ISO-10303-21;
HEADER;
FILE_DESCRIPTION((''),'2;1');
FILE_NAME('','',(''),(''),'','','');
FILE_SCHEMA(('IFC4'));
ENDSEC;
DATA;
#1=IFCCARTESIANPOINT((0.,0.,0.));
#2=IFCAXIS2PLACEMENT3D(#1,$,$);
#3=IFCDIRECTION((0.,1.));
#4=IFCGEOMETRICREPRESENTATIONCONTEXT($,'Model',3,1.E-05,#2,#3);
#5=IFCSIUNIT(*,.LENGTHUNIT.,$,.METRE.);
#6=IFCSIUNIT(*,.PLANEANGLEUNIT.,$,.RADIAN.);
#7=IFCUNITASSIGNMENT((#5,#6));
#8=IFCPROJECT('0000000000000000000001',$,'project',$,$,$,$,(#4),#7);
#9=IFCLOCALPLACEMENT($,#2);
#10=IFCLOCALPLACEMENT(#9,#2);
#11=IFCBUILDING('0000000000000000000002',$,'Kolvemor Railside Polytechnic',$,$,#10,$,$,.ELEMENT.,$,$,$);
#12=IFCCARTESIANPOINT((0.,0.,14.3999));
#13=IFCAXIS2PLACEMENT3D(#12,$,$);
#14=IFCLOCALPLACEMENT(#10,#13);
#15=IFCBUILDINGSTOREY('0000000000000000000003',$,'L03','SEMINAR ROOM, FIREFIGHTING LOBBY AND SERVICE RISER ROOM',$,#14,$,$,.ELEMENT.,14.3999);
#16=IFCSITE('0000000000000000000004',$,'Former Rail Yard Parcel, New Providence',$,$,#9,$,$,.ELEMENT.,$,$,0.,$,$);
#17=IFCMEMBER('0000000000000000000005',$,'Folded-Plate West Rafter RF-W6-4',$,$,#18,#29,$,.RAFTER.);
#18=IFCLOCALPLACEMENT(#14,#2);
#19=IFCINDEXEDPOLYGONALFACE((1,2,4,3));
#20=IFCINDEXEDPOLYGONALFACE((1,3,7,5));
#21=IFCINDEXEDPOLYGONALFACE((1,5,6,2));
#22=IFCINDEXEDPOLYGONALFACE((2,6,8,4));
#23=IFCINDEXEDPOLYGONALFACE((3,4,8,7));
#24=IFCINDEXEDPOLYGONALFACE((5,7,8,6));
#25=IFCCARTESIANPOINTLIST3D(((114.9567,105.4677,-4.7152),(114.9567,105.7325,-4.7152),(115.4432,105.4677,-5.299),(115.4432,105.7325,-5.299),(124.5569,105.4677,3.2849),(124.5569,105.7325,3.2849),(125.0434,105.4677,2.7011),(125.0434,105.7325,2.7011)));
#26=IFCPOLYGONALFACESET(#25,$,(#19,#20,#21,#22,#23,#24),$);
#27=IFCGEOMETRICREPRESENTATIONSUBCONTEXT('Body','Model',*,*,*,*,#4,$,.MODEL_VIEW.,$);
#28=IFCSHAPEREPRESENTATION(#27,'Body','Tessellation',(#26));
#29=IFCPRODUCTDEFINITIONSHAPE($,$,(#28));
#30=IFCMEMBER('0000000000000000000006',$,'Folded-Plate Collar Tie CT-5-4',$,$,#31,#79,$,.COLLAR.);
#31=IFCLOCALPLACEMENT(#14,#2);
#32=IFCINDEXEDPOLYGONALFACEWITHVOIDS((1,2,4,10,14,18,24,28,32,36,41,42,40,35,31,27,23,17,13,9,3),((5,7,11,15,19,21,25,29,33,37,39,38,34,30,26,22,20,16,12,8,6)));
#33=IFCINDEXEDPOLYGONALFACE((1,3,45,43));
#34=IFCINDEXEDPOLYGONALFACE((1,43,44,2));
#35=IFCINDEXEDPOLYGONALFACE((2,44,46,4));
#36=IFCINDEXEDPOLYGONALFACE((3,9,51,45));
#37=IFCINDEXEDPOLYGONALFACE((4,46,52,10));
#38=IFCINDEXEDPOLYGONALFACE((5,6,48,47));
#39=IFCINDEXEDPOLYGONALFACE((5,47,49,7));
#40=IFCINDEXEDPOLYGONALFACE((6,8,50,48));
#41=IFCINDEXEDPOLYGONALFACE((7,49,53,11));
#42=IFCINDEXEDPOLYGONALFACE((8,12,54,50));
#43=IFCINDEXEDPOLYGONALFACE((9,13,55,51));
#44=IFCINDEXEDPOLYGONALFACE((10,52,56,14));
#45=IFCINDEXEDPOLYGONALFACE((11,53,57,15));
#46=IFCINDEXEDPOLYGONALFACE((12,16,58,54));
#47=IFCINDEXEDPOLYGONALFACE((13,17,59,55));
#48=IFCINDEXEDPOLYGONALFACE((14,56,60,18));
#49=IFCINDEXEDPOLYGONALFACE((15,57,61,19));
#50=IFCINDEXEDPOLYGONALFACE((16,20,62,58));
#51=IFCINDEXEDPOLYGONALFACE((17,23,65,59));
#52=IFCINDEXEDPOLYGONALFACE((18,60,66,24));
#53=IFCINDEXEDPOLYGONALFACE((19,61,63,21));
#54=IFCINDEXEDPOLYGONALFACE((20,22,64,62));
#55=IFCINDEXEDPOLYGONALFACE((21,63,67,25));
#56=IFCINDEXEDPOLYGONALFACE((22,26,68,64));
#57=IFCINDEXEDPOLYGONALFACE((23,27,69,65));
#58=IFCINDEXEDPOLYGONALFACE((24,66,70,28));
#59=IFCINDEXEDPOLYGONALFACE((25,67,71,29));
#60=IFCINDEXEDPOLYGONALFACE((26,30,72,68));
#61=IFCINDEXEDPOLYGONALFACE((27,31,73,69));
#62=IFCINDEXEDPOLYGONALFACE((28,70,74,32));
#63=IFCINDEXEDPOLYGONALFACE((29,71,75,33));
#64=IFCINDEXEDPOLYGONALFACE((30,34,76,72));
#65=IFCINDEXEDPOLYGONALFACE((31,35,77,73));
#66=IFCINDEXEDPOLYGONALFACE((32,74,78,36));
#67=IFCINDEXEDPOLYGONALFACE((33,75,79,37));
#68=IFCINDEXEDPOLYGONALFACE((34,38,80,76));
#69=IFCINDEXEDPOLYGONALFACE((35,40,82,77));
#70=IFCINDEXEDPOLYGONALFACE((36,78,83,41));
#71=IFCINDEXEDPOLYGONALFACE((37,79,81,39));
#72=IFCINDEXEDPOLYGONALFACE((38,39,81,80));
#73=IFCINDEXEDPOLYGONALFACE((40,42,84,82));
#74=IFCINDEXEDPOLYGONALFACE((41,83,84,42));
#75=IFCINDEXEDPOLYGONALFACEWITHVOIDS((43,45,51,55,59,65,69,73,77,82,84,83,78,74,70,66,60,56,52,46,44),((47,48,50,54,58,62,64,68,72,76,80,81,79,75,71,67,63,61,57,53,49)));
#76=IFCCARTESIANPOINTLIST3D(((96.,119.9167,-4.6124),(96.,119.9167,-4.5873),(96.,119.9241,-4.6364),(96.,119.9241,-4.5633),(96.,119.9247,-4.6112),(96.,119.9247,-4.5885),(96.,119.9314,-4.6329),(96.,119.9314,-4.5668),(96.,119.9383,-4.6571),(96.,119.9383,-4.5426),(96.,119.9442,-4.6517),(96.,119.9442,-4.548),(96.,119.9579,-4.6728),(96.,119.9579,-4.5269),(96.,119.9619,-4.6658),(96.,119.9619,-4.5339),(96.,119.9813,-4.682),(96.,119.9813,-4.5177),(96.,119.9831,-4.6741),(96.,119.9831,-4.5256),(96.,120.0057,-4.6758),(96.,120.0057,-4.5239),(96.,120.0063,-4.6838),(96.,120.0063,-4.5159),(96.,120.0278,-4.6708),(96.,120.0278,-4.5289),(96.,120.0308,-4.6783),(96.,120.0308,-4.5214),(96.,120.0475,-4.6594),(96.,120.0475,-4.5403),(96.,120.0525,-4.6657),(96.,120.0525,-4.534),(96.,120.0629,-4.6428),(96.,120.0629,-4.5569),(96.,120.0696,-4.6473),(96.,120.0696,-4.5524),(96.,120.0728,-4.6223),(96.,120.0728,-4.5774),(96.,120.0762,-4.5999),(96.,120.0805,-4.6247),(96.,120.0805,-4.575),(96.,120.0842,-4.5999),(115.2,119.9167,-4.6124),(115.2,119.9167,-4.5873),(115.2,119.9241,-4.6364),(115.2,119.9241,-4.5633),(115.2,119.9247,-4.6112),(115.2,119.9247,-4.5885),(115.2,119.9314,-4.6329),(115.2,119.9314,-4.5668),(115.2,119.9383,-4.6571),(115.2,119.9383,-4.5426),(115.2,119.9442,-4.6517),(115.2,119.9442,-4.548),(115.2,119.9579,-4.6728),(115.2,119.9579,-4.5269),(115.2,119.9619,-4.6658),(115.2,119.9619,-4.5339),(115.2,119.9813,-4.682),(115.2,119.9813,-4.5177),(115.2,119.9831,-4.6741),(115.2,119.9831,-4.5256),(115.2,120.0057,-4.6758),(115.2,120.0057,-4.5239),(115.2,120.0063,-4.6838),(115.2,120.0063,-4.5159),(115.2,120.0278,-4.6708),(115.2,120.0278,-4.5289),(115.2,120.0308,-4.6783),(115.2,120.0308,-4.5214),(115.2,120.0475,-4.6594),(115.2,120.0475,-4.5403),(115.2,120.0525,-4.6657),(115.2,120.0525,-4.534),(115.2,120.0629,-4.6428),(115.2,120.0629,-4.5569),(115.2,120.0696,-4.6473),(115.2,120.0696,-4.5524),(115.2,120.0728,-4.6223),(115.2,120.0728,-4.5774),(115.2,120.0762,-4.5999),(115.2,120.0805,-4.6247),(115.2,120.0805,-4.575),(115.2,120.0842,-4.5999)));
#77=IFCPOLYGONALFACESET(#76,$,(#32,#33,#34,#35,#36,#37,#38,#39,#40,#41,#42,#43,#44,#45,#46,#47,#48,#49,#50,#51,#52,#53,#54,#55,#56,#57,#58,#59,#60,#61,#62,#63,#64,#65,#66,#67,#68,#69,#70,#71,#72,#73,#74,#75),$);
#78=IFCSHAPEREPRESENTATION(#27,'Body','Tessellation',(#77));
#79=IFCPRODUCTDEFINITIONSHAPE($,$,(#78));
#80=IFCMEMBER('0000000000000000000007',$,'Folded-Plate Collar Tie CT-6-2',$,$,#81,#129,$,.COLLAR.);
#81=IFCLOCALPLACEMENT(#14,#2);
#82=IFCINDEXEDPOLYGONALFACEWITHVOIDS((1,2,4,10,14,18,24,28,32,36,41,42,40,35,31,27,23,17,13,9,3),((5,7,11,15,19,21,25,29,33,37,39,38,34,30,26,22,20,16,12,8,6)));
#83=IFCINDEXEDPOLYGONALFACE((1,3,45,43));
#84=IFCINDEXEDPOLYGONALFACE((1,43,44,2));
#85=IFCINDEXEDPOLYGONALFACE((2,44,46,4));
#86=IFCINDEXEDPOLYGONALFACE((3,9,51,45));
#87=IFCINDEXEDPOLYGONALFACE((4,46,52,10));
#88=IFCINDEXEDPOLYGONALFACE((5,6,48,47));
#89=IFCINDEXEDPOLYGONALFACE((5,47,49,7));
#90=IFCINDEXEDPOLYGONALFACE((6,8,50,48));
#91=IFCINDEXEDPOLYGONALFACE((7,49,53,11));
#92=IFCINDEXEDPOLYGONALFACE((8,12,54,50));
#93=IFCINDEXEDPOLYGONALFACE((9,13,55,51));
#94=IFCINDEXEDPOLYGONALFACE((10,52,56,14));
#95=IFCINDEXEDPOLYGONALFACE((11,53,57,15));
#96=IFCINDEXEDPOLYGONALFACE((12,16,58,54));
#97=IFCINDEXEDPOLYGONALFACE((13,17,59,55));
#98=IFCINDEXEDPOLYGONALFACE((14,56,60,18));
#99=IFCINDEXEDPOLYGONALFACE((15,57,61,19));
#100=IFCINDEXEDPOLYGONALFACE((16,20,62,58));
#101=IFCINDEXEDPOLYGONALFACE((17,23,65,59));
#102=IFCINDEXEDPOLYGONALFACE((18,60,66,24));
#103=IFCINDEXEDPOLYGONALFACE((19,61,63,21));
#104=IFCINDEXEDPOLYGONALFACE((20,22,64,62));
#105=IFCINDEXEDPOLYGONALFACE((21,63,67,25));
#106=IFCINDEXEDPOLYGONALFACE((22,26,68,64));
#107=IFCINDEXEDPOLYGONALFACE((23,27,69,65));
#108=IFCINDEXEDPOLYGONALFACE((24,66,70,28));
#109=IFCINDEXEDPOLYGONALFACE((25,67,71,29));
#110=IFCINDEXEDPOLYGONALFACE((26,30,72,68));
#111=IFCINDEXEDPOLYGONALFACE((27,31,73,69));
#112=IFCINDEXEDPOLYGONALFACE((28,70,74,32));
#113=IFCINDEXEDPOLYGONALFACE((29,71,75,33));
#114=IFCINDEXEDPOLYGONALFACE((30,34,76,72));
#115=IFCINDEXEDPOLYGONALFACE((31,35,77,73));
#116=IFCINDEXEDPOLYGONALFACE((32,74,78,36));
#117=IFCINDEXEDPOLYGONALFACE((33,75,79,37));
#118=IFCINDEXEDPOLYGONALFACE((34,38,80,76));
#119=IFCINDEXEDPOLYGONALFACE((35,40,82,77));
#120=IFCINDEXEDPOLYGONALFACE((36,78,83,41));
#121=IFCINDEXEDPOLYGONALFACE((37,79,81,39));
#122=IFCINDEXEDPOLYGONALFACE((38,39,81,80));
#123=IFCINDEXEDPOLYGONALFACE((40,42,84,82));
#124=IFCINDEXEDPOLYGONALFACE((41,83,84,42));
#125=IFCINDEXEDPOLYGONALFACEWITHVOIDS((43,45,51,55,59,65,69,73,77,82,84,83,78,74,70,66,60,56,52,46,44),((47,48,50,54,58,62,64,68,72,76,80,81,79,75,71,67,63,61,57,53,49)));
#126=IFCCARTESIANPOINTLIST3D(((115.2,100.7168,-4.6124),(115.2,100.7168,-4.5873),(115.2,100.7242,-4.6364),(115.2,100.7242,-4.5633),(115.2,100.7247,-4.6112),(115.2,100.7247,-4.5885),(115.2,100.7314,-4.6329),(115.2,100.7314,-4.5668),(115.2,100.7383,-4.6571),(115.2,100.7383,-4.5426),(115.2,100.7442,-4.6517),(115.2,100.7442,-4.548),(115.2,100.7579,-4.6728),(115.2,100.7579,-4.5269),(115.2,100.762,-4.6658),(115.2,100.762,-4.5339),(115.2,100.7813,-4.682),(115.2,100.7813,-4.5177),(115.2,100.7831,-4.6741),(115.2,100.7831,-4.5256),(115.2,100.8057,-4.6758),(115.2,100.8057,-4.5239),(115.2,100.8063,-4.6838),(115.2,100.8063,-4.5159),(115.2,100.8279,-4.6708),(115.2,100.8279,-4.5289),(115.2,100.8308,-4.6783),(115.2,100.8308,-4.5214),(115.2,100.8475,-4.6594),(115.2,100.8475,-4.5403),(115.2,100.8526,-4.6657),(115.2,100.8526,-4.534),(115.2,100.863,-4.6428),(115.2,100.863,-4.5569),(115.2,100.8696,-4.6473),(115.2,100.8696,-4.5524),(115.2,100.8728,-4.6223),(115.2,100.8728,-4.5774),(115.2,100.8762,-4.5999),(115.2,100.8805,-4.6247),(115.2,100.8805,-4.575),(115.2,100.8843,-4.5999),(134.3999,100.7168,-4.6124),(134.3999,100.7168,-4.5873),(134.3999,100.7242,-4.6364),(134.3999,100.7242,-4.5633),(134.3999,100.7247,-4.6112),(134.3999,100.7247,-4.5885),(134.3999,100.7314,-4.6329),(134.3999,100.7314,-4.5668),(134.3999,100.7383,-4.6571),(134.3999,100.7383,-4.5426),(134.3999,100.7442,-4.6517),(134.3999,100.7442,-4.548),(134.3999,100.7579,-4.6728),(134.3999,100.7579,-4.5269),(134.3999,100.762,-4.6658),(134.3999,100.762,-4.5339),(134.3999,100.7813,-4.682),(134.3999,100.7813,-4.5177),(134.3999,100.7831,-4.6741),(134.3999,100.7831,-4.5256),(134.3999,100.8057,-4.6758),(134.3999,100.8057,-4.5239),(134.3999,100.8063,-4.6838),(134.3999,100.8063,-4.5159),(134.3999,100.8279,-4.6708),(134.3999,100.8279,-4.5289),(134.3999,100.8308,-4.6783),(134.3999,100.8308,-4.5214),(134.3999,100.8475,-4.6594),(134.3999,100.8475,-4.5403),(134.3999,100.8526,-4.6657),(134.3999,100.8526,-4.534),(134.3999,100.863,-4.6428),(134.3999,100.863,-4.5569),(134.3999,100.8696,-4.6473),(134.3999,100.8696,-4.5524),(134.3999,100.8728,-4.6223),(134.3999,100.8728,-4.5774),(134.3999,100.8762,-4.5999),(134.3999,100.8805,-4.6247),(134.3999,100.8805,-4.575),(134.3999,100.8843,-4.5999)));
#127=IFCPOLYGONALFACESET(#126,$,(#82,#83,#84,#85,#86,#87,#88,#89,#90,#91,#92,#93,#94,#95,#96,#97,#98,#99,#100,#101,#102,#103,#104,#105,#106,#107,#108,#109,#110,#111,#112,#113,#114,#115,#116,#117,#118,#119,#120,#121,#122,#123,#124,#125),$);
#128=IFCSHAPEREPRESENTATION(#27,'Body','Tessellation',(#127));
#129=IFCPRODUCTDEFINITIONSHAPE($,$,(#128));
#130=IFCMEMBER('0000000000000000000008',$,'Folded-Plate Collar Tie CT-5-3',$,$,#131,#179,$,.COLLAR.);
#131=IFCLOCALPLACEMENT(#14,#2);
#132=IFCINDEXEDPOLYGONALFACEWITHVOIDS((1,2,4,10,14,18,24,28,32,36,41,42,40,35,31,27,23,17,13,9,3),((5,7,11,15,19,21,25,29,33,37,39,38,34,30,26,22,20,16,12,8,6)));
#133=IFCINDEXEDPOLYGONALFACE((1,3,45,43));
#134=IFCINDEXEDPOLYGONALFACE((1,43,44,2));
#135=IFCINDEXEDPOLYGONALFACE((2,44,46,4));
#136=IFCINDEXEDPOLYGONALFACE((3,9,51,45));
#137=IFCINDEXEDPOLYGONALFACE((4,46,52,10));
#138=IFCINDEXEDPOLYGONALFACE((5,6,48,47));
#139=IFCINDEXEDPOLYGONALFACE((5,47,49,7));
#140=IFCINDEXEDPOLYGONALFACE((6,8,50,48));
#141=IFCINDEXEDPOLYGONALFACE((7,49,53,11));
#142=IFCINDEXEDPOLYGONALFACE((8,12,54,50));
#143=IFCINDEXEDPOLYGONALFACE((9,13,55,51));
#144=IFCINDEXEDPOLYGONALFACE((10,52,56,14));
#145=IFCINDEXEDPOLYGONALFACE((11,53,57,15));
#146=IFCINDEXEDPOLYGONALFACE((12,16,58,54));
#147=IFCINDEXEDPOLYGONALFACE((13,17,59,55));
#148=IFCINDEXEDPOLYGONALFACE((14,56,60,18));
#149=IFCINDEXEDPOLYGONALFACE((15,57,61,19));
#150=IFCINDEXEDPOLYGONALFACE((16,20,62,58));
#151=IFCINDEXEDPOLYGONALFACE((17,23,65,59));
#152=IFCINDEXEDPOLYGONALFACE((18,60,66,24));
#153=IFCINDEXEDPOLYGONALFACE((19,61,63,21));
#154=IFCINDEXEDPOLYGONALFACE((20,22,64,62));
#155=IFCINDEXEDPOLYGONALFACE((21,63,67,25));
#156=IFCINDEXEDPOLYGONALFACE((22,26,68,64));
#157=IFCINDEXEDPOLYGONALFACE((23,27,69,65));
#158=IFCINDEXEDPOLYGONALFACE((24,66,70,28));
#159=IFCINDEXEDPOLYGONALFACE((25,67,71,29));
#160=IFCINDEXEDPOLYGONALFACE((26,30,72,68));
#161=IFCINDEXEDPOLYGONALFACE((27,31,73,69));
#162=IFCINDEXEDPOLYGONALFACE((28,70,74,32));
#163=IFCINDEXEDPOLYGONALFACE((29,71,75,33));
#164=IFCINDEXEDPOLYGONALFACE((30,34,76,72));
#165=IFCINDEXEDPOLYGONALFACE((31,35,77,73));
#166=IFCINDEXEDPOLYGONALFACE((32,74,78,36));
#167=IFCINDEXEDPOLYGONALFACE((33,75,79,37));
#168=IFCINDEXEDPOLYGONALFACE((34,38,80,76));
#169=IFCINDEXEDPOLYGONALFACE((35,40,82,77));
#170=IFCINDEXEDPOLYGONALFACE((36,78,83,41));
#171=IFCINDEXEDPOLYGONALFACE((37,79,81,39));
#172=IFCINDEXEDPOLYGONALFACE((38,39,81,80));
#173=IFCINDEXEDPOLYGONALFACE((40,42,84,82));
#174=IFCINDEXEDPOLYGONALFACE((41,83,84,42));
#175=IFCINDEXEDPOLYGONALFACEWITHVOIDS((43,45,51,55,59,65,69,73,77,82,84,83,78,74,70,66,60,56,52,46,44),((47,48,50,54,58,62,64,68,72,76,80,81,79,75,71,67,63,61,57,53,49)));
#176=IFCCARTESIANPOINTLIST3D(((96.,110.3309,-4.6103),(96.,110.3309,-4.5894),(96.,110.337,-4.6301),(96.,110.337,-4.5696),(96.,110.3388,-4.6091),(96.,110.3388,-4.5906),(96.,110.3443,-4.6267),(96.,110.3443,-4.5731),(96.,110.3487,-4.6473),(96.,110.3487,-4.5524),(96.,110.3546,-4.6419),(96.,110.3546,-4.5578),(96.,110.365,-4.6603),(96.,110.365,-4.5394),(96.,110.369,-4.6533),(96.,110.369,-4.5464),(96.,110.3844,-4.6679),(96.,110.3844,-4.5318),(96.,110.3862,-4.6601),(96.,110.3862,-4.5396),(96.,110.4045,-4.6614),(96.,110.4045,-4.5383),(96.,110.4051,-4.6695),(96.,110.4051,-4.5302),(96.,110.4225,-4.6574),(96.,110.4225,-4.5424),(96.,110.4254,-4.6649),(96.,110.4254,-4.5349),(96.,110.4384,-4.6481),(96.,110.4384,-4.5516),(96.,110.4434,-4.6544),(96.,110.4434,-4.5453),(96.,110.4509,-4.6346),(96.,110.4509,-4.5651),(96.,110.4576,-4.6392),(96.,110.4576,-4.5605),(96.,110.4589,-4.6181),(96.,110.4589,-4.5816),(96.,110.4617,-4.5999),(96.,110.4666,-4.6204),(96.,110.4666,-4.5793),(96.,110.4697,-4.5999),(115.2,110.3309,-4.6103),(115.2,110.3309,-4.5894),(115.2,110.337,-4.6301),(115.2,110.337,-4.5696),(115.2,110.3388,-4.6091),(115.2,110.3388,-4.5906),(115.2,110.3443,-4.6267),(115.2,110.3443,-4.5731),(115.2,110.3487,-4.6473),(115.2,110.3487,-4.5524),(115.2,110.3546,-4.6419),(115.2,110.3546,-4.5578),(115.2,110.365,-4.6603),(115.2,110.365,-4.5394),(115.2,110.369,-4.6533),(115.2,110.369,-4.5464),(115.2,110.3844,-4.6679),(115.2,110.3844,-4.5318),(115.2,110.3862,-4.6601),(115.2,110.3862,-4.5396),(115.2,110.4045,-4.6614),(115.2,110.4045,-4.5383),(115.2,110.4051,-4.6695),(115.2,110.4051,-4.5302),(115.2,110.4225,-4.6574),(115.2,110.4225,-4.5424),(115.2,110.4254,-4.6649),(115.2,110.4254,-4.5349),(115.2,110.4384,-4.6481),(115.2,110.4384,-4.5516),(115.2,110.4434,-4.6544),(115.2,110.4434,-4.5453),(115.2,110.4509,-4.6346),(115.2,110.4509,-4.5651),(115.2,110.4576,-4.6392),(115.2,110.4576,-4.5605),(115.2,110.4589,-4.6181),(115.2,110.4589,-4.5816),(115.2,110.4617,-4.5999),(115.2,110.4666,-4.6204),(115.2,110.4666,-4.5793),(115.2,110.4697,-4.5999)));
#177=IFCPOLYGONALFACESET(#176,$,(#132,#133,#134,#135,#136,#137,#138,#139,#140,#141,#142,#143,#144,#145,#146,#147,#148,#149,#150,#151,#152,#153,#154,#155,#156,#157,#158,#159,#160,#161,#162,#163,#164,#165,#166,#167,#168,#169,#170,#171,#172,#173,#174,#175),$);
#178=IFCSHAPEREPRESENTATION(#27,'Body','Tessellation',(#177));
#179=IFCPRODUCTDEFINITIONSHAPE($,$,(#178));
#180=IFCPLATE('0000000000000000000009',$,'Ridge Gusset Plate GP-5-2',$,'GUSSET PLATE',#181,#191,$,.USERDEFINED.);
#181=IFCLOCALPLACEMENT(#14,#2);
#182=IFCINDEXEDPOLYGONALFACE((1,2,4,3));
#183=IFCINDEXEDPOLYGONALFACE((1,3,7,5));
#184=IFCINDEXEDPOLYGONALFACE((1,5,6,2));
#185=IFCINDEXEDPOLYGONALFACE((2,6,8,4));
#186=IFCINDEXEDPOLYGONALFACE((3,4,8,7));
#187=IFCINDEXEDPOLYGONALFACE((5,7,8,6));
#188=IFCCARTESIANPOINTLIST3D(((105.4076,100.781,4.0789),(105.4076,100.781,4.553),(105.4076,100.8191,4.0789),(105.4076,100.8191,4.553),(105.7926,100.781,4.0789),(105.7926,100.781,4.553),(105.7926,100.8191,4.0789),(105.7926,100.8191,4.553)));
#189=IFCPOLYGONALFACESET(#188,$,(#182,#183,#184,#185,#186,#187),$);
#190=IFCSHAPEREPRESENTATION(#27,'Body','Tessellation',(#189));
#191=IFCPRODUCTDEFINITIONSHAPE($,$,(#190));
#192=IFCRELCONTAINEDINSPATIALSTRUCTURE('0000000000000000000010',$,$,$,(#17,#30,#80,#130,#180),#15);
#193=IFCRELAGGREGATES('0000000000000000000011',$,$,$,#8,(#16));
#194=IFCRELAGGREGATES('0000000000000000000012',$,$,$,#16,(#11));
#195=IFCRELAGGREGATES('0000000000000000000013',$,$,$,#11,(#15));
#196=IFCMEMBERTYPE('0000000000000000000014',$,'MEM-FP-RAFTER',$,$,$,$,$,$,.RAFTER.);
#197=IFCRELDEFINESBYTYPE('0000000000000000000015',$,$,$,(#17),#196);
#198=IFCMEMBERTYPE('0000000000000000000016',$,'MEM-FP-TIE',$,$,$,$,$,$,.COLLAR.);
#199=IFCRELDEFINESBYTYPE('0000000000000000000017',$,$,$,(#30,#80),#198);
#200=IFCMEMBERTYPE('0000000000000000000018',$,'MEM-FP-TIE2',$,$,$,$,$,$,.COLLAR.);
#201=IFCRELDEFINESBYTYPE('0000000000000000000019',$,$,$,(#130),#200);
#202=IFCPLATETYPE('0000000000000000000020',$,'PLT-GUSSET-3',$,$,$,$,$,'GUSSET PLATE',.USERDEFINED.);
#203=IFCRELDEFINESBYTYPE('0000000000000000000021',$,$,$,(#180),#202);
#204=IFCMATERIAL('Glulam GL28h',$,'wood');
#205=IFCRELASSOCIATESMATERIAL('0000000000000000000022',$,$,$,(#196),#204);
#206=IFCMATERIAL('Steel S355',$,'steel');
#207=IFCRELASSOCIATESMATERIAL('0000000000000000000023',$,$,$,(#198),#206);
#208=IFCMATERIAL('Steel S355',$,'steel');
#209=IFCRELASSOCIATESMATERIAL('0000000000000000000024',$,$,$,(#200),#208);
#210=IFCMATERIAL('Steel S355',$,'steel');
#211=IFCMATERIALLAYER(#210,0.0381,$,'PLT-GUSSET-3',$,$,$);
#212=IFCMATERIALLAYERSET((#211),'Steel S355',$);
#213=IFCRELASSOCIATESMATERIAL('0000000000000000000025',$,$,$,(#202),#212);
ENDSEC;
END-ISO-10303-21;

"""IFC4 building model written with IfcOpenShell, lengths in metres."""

from ifc_helpers import new_model, si_unit, direction, frame, origin, origin_2d, place, context, subcontext, project, spatial, rectangle, hollow_circle, extrude, material, layer, layer_set, material_profile, profile_set, type_object, element, save


model = new_model("IFC4")

# Units and contexts
model_context = context("Model", 3, precision=1e-05, world=origin(), true_north=direction((0.0, 1.0)))
body_context = subcontext(model_context, "Body", "Model", "MODEL_VIEW")
ifc_project = project(units=[si_unit("LENGTHUNIT", "METRE"), si_unit("PLANEANGLEUNIT", "RADIAN")], contexts=[model_context])

# Site, building, storey
site_placement = place(None, origin())
site = spatial("IfcSite", under=ifc_project, at=site_placement, Name="Former Rail Yard Parcel, New Providence", CompositionType="ELEMENT", RefElevation=0.0)
building_placement = place(site_placement, origin())
building = spatial("IfcBuilding", under=site, at=building_placement, Name="Kolvemor Railside Polytechnic", CompositionType="ELEMENT")
storey_placement = place(building_placement, frame((0.0, 0.0, 14.3999)))
storey = spatial("IfcBuildingStorey", under=building, at=storey_placement, Name="L03", Description="SEMINAR ROOM, FIREFIGHTING LOBBY AND SERVICE RISER ROOM", CompositionType="ELEMENT", Elevation=14.3999)

# Members
ifc_material_1 = material(Name="Glulam GL28h", Category="wood")
ifc_material_profile_1 = material_profile(ifc_material_1, rectangle(XDim=0.2649, YDim=0.76, at=origin_2d()), Name="GL265x760")
ifc_profile_set_1 = profile_set([ifc_material_profile_1], Name="Glulam GL28h")
member_type_1 = type_object("IfcMemberType", Name="MEM-FP-RAFTER", PredefinedType="RAFTER", material=ifc_profile_set_1)
for number, where, z_axis, x_axis, name in (
    (1, (115.2, 105.6001, -5.0071), (0.768224, 0.0, 0.640181), (0.0, 1.0, 0.0), "Folded-Plate West Rafter RF-W6-4"),
):
    element("IfcMember", number, at=place(storey_placement, frame(where, z_axis=z_axis, x_axis=x_axis)), inside=storey, type_object=member_type_1, Name=name, PredefinedType="RAFTER", context=body_context, shape_type="SweptSolid", body=[
        extrude(rectangle(XDim=0.2649, YDim=0.76, at=origin_2d()), origin(), (0.0, 0.0, 1.0), 12.4966),
    ])
ifc_material_2 = material(Name="Steel S355", Category="steel")
ifc_material_profile_2 = material_profile(ifc_material_2, hollow_circle(Radius=0.0842, WallThickness=0.0081, at=origin_2d()), Name="CHS168.3x8")
ifc_profile_set_2 = profile_set([ifc_material_profile_2], Name="Steel S355")
member_type_2 = type_object("IfcMemberType", Name="MEM-FP-TIE", PredefinedType="COLLAR", material=ifc_profile_set_2)
for number, where, z_axis, x_axis, name in (
    (2, (96.0, 120.0, -4.5999), (1.0, 0.0, 0.0), (0.0, 1.0, 0.0), "Folded-Plate Collar Tie CT-5-4"),
    (3, (115.2, 100.8, -4.5999), (1.0, 0.0, 0.0), (0.0, 1.0, 0.0), "Folded-Plate Collar Tie CT-6-2"),
):
    element("IfcMember", number, at=place(storey_placement, frame(where, z_axis=z_axis, x_axis=x_axis)), inside=storey, type_object=member_type_2, Name=name, PredefinedType="COLLAR", context=body_context, shape_type="SweptSolid", body=[
        extrude(hollow_circle(Radius=0.0842, WallThickness=0.0081, at=origin_2d()), origin(), (0.0, 0.0, 1.0), 19.2),
    ])
ifc_material_3 = material(Name="Steel S355", Category="steel")
ifc_material_profile_3 = material_profile(ifc_material_3, hollow_circle(Radius=0.0698, WallThickness=0.0081, at=origin_2d()), Name="CHS139.7x8")
ifc_profile_set_3 = profile_set([ifc_material_profile_3], Name="Steel S355")
member_type_3 = type_object("IfcMemberType", Name="MEM-FP-TIE2", PredefinedType="COLLAR", material=ifc_profile_set_3)
member_1_placement = place(storey_placement, frame((96.0, 110.3999, -4.5999), z_axis=(1.0, 0.0, 0.0), x_axis=(0.0, 1.0, 0.0)))
element("IfcMember", 4, at=member_1_placement, inside=storey, type_object=member_type_3, Name="Folded-Plate Collar Tie CT-5-3", PredefinedType="COLLAR", context=body_context, shape_type="SweptSolid", body=[
    extrude(hollow_circle(Radius=0.0698, WallThickness=0.0081, at=origin_2d()), origin(), (0.0, 0.0, 1.0), 19.2),
])

# Plate
ifc_material_4 = material(Name="Steel S355", Category="steel")
ifc_layer_1 = layer(ifc_material_4, 0.0381, Name="PLT-GUSSET-3")
ifc_layer_set_1 = layer_set([ifc_layer_1], Name="Steel S355")
plate_type_1 = type_object("IfcPlateType", Name="PLT-GUSSET-3", ElementType="GUSSET PLATE", PredefinedType="USERDEFINED", material=ifc_layer_set_1)
plate_1_placement = place(storey_placement, frame((105.6001, 100.8, 4.0789), z_axis=(0.0, 0.0, 1.0), x_axis=(1.0, 0.0, 0.0)))
element("IfcPlate", 5, at=plate_1_placement, inside=storey, type_object=plate_type_1, Name="Ridge Gusset Plate GP-5-2", ObjectType="GUSSET PLATE", PredefinedType="USERDEFINED", context=body_context, shape_type="SweptSolid", body=[
    extrude(rectangle(XDim=0.385, YDim=0.0381, at=origin_2d()), origin(), (0.0, 0.0, 1.0), 0.4741),
])

save(model, "model.ifc")
